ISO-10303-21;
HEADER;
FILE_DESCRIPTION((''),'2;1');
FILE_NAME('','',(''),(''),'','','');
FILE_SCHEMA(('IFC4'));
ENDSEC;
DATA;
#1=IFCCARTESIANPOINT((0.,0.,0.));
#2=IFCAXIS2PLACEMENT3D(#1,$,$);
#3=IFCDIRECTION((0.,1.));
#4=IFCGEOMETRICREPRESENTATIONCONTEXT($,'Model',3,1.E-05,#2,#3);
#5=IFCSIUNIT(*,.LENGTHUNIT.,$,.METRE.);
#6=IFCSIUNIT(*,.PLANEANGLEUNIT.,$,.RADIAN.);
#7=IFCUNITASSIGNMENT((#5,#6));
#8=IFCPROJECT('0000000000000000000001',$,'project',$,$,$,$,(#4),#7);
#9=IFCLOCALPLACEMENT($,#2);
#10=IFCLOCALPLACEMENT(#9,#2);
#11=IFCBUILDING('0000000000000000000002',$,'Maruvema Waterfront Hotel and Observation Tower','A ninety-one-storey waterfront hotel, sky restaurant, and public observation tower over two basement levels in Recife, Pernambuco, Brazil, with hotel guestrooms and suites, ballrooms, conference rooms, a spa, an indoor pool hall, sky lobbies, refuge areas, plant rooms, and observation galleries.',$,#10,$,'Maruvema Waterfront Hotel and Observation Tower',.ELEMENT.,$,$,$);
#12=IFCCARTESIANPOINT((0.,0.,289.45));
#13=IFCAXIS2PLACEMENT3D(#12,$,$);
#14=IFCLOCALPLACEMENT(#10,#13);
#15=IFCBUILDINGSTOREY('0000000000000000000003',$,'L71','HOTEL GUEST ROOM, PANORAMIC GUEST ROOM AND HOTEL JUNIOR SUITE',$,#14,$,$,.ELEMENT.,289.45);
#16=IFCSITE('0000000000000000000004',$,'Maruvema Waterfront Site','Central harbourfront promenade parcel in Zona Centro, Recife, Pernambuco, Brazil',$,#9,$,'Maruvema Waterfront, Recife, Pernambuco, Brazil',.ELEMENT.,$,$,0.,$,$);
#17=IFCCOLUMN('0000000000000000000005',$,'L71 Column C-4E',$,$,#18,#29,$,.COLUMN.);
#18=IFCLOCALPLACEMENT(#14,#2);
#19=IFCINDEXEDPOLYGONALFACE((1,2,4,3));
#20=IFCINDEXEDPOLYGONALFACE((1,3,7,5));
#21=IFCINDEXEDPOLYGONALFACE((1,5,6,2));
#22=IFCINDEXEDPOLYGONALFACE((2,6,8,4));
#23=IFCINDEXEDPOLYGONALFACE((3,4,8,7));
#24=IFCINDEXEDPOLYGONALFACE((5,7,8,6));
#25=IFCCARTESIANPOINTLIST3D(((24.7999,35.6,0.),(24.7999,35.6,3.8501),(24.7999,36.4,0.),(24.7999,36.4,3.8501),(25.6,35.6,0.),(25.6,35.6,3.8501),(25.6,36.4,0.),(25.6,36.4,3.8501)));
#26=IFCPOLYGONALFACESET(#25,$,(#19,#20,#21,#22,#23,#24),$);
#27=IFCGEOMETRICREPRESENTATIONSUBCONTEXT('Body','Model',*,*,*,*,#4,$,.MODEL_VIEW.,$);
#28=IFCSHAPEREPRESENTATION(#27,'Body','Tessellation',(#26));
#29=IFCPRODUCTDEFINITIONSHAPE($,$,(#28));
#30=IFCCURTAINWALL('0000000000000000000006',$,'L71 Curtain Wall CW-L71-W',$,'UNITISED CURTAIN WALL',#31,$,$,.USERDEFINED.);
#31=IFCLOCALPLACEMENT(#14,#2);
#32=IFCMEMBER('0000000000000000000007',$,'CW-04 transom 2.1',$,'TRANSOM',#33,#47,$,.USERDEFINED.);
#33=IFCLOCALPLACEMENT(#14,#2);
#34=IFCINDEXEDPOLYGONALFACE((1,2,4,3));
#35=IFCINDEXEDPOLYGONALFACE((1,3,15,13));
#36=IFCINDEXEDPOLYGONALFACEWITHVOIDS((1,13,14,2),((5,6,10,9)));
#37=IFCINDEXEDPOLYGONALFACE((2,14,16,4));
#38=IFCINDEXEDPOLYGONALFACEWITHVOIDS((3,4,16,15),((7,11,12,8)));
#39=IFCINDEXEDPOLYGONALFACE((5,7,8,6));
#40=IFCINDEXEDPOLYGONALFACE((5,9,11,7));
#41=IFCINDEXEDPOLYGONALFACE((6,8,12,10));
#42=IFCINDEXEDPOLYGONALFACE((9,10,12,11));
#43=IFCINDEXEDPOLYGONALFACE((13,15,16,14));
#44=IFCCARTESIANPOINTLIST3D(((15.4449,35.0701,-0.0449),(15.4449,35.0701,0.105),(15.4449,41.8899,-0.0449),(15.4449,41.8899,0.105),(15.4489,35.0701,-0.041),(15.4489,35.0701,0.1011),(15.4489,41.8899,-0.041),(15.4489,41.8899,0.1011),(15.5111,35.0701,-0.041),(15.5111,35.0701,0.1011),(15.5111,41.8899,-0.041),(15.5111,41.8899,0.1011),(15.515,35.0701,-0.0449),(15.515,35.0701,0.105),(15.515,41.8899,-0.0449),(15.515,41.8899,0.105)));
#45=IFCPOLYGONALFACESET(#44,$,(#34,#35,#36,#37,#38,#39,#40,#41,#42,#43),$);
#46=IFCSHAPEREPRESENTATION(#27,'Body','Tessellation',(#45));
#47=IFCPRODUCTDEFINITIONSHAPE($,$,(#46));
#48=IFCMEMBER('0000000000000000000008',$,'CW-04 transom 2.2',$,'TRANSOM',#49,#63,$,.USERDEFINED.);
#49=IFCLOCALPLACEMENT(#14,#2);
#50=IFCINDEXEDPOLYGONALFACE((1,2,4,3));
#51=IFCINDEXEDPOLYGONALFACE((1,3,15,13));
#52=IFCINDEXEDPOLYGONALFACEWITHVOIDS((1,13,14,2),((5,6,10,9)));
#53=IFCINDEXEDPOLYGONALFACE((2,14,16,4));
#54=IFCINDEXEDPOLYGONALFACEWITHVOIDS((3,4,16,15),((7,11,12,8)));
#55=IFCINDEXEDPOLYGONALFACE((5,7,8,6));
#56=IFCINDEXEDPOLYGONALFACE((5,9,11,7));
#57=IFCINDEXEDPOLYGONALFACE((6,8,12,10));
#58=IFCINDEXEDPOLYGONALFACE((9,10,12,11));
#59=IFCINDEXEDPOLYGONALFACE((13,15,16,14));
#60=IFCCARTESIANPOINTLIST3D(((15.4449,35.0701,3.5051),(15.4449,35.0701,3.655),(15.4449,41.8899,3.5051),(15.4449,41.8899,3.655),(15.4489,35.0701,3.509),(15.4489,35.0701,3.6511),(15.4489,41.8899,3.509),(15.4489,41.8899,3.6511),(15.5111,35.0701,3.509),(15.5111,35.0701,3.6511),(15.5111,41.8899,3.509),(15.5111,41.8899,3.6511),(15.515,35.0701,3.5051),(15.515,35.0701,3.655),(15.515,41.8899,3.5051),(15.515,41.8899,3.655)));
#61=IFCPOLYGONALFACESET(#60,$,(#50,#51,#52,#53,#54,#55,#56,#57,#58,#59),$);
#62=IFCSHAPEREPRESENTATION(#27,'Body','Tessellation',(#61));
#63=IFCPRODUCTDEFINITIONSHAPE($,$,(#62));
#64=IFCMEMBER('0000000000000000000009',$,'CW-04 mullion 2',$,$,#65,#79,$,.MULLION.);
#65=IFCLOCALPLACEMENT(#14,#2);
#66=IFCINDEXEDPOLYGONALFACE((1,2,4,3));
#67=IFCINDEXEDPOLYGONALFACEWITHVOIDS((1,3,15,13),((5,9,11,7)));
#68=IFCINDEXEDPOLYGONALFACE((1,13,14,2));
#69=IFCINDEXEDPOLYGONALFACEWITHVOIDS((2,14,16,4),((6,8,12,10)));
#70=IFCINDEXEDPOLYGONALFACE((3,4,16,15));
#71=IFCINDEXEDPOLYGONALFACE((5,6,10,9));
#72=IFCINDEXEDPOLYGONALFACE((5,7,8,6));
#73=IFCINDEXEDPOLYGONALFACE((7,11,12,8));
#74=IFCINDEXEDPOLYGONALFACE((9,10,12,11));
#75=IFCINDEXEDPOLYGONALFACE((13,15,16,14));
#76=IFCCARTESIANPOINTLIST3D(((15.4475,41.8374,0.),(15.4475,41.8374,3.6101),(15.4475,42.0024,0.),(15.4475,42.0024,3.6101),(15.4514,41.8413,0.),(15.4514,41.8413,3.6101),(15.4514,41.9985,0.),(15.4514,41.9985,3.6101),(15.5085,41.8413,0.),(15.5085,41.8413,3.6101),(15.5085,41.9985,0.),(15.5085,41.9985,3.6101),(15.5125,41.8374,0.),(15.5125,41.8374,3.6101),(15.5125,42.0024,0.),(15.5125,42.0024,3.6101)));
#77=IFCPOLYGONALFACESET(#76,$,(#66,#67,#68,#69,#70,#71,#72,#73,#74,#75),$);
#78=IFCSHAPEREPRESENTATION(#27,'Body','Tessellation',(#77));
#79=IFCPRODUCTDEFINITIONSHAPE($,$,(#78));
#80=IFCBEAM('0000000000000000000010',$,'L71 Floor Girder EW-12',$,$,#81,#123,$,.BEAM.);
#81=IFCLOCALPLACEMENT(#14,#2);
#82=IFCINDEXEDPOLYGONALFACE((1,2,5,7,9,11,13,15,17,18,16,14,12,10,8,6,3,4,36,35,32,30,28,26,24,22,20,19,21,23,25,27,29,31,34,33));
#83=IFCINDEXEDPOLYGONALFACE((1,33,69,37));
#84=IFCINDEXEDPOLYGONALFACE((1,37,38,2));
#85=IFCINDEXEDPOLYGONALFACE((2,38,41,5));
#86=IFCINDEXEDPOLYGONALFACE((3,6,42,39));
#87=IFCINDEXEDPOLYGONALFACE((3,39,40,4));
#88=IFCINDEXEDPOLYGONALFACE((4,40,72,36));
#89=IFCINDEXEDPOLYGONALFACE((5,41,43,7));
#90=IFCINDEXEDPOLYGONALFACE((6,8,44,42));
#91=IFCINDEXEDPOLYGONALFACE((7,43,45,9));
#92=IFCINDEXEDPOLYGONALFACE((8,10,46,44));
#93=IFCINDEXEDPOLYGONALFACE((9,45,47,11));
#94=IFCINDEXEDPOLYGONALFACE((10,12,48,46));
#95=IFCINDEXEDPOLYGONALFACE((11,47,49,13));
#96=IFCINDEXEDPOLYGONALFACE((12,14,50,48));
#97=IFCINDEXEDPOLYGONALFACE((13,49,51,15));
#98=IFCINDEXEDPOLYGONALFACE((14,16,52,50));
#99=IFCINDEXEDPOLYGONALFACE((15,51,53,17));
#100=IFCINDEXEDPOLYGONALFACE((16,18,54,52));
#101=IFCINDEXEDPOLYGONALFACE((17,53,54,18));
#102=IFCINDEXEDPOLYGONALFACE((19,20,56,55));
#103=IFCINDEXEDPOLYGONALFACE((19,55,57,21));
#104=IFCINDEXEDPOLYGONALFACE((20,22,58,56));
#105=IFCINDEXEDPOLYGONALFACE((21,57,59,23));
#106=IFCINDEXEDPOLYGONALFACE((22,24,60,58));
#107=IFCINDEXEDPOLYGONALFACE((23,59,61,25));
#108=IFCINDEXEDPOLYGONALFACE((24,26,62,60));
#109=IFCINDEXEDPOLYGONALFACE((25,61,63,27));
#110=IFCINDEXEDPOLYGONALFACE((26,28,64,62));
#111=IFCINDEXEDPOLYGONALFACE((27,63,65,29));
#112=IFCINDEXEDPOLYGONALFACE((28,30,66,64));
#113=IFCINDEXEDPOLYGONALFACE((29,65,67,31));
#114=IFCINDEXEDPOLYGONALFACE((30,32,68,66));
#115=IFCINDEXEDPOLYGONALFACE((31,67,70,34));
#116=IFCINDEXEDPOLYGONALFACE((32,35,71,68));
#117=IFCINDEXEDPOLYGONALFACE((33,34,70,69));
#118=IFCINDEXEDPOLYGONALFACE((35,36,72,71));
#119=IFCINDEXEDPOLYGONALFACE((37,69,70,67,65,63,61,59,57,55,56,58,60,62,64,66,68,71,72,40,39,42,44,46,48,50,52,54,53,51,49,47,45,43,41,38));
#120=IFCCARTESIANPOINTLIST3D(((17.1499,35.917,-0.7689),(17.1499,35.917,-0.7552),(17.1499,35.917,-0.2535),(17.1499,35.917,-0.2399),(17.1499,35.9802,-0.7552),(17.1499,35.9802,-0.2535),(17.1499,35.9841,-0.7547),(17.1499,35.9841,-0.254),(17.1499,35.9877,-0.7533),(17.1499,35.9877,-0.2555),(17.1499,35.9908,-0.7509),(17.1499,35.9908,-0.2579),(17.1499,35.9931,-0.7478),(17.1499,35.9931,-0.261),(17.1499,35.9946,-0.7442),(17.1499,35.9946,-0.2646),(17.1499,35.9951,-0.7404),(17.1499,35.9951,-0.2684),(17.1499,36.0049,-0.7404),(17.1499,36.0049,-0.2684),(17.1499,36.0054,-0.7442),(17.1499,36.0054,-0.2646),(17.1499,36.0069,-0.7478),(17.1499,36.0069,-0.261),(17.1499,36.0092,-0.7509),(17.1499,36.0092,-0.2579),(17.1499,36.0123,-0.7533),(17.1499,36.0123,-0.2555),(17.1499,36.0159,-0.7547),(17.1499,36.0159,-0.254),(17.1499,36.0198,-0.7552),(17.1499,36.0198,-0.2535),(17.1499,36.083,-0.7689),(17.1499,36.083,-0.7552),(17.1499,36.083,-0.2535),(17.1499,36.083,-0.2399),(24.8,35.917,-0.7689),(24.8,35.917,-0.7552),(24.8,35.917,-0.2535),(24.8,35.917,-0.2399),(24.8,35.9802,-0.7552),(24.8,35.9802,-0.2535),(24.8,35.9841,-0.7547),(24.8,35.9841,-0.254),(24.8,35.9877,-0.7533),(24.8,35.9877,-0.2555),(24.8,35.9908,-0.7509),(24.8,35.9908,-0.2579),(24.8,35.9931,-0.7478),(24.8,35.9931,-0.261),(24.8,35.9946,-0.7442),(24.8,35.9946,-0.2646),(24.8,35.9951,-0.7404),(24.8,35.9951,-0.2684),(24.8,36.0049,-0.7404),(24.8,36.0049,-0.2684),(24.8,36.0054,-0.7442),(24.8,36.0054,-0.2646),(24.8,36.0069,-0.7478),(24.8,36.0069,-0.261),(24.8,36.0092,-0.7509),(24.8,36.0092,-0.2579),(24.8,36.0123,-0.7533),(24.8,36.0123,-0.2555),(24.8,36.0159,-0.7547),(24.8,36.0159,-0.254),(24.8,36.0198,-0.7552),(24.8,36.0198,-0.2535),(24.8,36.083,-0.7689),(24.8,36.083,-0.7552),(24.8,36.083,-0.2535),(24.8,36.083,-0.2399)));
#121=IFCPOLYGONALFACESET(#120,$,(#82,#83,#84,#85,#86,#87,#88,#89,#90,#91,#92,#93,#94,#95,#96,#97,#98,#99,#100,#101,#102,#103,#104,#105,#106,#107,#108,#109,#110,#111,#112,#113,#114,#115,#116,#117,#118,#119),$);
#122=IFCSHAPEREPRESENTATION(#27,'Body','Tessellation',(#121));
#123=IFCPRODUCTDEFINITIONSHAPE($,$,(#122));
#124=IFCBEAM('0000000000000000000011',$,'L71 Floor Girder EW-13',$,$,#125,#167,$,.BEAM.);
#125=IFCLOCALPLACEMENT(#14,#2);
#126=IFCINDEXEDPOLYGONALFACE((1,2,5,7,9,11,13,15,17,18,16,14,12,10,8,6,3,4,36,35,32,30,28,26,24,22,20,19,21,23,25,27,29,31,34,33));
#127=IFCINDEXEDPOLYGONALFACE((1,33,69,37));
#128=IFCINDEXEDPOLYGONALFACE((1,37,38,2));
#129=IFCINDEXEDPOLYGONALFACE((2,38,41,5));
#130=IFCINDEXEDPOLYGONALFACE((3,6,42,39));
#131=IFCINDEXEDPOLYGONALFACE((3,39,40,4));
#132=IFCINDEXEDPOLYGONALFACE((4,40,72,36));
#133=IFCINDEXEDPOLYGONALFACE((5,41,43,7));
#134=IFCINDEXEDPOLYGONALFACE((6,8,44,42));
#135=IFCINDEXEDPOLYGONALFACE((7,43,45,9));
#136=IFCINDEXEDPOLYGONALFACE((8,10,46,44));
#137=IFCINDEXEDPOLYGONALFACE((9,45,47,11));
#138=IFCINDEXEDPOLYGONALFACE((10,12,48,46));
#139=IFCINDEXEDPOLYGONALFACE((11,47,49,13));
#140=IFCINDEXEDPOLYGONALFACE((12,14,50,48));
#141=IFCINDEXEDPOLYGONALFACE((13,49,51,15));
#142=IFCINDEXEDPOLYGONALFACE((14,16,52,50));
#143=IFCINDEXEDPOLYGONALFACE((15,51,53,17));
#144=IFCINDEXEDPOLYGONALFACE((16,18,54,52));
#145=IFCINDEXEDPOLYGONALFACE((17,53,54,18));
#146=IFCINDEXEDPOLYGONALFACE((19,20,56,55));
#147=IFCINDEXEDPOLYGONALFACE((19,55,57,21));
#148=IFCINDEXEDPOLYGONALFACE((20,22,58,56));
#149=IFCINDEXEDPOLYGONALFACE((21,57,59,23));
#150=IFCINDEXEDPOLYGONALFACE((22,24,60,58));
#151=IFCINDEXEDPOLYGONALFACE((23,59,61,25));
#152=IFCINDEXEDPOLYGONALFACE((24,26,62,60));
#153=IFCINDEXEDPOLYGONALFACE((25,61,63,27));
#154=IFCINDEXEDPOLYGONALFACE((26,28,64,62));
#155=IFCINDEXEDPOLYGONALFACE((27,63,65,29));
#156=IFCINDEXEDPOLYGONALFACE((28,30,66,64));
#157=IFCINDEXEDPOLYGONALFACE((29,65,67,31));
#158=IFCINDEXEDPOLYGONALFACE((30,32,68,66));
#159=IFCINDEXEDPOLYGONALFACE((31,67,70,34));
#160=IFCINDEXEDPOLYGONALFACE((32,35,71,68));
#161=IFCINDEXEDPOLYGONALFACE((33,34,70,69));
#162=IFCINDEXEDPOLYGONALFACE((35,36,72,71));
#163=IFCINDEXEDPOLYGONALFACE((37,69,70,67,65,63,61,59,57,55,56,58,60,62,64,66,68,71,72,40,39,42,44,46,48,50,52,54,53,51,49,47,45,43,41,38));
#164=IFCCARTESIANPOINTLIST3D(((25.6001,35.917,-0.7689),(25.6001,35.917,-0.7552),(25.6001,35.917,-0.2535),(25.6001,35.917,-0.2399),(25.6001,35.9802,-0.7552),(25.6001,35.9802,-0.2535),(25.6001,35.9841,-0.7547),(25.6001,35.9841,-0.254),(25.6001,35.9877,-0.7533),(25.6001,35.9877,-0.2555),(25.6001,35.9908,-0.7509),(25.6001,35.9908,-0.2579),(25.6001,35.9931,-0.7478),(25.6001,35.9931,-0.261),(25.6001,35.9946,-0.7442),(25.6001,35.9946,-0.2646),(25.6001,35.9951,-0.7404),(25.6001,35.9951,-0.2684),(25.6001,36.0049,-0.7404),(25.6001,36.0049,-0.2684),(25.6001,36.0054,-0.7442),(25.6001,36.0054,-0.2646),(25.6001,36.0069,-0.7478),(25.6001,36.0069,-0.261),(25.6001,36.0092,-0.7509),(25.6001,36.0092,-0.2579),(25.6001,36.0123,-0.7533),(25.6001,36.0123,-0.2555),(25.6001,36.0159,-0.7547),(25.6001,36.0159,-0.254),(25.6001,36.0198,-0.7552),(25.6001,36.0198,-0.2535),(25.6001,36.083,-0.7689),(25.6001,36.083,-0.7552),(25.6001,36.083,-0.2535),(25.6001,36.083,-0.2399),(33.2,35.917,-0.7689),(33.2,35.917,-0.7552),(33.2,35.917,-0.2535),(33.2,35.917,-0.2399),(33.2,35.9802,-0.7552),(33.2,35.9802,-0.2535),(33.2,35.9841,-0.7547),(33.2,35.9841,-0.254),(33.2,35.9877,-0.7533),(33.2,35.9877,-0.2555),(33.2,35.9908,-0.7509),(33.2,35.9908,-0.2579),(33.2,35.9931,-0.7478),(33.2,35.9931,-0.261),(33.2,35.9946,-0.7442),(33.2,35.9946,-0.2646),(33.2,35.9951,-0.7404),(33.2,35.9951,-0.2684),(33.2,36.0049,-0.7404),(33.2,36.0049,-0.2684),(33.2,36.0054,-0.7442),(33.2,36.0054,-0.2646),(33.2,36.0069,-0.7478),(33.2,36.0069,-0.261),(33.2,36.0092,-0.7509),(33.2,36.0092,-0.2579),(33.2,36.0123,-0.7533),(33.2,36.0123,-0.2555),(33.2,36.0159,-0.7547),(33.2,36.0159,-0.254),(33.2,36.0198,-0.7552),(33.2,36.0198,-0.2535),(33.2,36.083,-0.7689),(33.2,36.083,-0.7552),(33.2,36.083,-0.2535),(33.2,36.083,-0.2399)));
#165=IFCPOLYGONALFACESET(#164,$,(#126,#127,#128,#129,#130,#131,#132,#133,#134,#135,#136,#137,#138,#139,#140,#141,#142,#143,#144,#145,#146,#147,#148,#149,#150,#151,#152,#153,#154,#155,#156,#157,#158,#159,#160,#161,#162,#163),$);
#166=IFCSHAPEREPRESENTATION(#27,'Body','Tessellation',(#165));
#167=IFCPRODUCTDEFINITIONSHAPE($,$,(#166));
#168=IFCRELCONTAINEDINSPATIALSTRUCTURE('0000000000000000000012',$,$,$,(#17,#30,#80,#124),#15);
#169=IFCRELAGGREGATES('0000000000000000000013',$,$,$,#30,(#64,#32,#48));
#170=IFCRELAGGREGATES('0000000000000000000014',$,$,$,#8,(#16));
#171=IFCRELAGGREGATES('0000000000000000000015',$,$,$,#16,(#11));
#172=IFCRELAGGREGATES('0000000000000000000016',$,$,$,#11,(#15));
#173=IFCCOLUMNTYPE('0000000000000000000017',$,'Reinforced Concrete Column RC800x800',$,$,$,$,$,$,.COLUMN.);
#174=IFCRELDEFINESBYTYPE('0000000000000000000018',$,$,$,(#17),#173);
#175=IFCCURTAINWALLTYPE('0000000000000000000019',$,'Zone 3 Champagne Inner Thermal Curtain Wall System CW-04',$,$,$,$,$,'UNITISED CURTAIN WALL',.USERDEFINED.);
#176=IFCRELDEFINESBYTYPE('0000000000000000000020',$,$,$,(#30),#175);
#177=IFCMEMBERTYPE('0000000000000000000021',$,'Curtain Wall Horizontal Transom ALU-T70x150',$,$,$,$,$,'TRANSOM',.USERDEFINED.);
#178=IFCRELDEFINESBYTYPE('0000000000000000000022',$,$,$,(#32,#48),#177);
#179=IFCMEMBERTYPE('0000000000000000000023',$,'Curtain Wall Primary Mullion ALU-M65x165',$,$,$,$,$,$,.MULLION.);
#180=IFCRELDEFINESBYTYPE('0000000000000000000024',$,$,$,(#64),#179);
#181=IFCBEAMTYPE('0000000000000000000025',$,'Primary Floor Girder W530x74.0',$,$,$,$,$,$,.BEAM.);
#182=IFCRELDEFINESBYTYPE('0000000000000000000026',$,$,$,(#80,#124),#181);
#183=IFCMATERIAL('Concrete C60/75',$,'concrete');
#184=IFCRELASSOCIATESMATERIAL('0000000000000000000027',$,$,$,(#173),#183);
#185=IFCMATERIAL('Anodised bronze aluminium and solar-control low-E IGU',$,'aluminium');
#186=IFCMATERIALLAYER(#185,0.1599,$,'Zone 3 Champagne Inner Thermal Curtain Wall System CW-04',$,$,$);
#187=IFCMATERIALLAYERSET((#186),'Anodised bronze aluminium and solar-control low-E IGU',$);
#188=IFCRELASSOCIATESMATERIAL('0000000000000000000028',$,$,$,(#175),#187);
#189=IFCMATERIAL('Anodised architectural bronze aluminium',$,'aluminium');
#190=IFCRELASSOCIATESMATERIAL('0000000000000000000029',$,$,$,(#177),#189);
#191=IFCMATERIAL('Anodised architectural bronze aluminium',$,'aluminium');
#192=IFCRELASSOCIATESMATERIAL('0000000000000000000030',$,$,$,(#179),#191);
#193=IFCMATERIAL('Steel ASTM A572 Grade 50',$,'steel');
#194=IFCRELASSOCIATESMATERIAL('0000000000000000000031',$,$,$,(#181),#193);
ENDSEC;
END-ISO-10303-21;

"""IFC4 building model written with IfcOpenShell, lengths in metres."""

from ifc_helpers import new_model, si_unit, direction, frame, origin, origin_2d, place, context, subcontext, project, spatial, rectangle, hollow_rectangle, i_section, extrude, material, layer, layer_set, material_profile, profile_set, type_object, element, aggregate, save


model = new_model("IFC4")

# Units and contexts
model_context = context("Model", 3, precision=1e-05, world=origin(), true_north=direction((0.0, 1.0)))
body_context = subcontext(model_context, "Body", "Model", "MODEL_VIEW")
ifc_project = project(units=[si_unit("LENGTHUNIT", "METRE"), si_unit("PLANEANGLEUNIT", "RADIAN")], contexts=[model_context])

# Site, building, storey
site_placement = place(None, origin())
site = spatial("IfcSite", under=ifc_project, at=site_placement, Name="Maruvema Waterfront Site", Description="Central harbourfront promenade parcel in Zona Centro, Recife, Pernambuco, Brazil", LongName="Maruvema Waterfront, Recife, Pernambuco, Brazil", CompositionType="ELEMENT", RefElevation=0.0)
building_placement = place(site_placement, origin())
building = spatial("IfcBuilding", under=site, at=building_placement, Name="Maruvema Waterfront Hotel and Observation Tower", Description="A ninety-one-storey waterfront hotel, sky restaurant, and public observation tower over two basement levels in Recife, Pernambuco, Brazil, with hotel guestrooms and suites, ballrooms, conference rooms, a spa, an indoor pool hall, sky lobbies, refuge areas, plant rooms, and observation galleries.", LongName="Maruvema Waterfront Hotel and Observation Tower", CompositionType="ELEMENT")
storey_placement = place(building_placement, frame((0.0, 0.0, 289.45)))
storey = spatial("IfcBuildingStorey", under=building, at=storey_placement, Name="L71", Description="HOTEL GUEST ROOM, PANORAMIC GUEST ROOM AND HOTEL JUNIOR SUITE", CompositionType="ELEMENT", Elevation=289.45)

# Column
ifc_material_1 = material(Name="Concrete C60/75", Category="concrete")
ifc_material_profile_1 = material_profile(ifc_material_1, rectangle(XDim=0.8, YDim=0.8, at=origin_2d()), Name="RC800x800")
ifc_profile_set_1 = profile_set([ifc_material_profile_1], Name="Concrete C60/75")
column_type = type_object("IfcColumnType", Name="Reinforced Concrete Column RC800x800", PredefinedType="COLUMN", material=ifc_profile_set_1)
column_placement = place(storey_placement, frame((25.2, 36.0, 0.0), z_axis=(0.0, 0.0, 1.0), x_axis=(1.0, 0.0, 0.0)))
element("IfcColumn", 1, at=column_placement, inside=storey, type_object=column_type, Name="L71 Column C-4E", PredefinedType="COLUMN", context=body_context, shape_type="SweptSolid", body=[
    extrude(rectangle(XDim=0.8, YDim=0.8, at=origin_2d()), origin(), (0.0, 0.0, 1.0), 3.8501),
])

# Curtain wall, members
ifc_material_2 = material(Name="Anodised bronze aluminium and solar-control low-E IGU", Category="aluminium")
ifc_layer_1 = layer(ifc_material_2, 0.1599, Name="Zone 3 Champagne Inner Thermal Curtain Wall System CW-04")
ifc_layer_set_1 = layer_set([ifc_layer_1], Name="Anodised bronze aluminium and solar-control low-E IGU")
curtain_wall_type = type_object("IfcCurtainWallType", Name="Zone 3 Champagne Inner Thermal Curtain Wall System CW-04", ElementType="UNITISED CURTAIN WALL", PredefinedType="USERDEFINED", material=ifc_layer_set_1)
curtain_wall_placement = place(storey_placement, origin())
curtain_wall = element("IfcCurtainWall", 2, at=curtain_wall_placement, inside=storey, type_object=curtain_wall_type, Name="L71 Curtain Wall CW-L71-W", ObjectType="UNITISED CURTAIN WALL", PredefinedType="USERDEFINED")
ifc_material_3 = material(Name="Anodised architectural bronze aluminium", Category="aluminium")
ifc_material_profile_2 = material_profile(ifc_material_3, hollow_rectangle(XDim=0.0701, YDim=0.1499, WallThickness=0.0039, at=origin_2d()), Name="ALU-T70x150")
ifc_profile_set_2 = profile_set([ifc_material_profile_2], Name="Anodised architectural bronze aluminium")
member_type_1 = type_object("IfcMemberType", Name="Curtain Wall Horizontal Transom ALU-T70x150", ElementType="TRANSOM", PredefinedType="USERDEFINED", material=ifc_profile_set_2)
member_1_placement = place(storey_placement, frame((15.48, 41.8899, 0.03), z_axis=(0.0, -1.0, 0.0), x_axis=(1.0, 0.0, 0.0)))
member_1 = element("IfcMember", 3, at=member_1_placement, type_object=member_type_1, Name="CW-04 transom 2.1", ObjectType="TRANSOM", PredefinedType="USERDEFINED", context=body_context, shape_type="SweptSolid", body=[
    extrude(hollow_rectangle(XDim=0.0701, YDim=0.1499, WallThickness=0.0039, at=origin_2d()), origin(), (0.0, 0.0, 1.0), 6.8198),
])
member_2_placement = place(storey_placement, frame((15.48, 41.8899, 3.5801), z_axis=(0.0, -1.0, 0.0), x_axis=(1.0, 0.0, 0.0)))
member_2 = element("IfcMember", 4, at=member_2_placement, type_object=member_type_1, Name="CW-04 transom 2.2", ObjectType="TRANSOM", PredefinedType="USERDEFINED", context=body_context, shape_type="SweptSolid", body=[
    extrude(hollow_rectangle(XDim=0.0701, YDim=0.1499, WallThickness=0.0039, at=origin_2d()), origin(), (0.0, 0.0, 1.0), 6.8198),
])
ifc_material_4 = material(Name="Anodised architectural bronze aluminium", Category="aluminium")
ifc_material_profile_3 = material_profile(ifc_material_4, hollow_rectangle(XDim=0.0649, YDim=0.165, WallThickness=0.0039, at=origin_2d()), Name="ALU-M65x165")
ifc_profile_set_3 = profile_set([ifc_material_profile_3], Name="Anodised architectural bronze aluminium")
member_type_2 = type_object("IfcMemberType", Name="Curtain Wall Primary Mullion ALU-M65x165", PredefinedType="MULLION", material=ifc_profile_set_3)
member_3_placement = place(storey_placement, frame((15.48, 41.9199, 0.0), z_axis=(0.0, 0.0, 1.0), x_axis=(1.0, 0.0, 0.0)))
member_3 = element("IfcMember", 5, at=member_3_placement, type_object=member_type_2, Name="CW-04 mullion 2", PredefinedType="MULLION", context=body_context, shape_type="SweptSolid", body=[
    extrude(hollow_rectangle(XDim=0.0649, YDim=0.165, WallThickness=0.0039, at=origin_2d()), origin(), (0.0, 0.0, 1.0), 3.6101),
])

# Beams
ifc_material_5 = material(Name="Steel ASTM A572 Grade 50", Category="steel")
ifc_material_profile_4 = material_profile(ifc_material_5, i_section(OverallWidth=0.166, OverallDepth=0.5291, WebThickness=0.0098, FlangeThickness=0.0137, FilletRadius=0.0149, at=origin_2d()), Name="W530x74.0")
ifc_profile_set_4 = profile_set([ifc_material_profile_4], Name="Steel ASTM A572 Grade 50")
beam_type_1 = type_object("IfcBeamType", Name="Primary Floor Girder W530x74.0", PredefinedType="BEAM", material=ifc_profile_set_4)
beam_1_placement = place(storey_placement, frame((17.1499, 36.0, -0.5044), z_axis=(1.0, 0.0, 0.0), x_axis=(0.0, 1.0, 0.0)))
element("IfcBeam", 6, at=beam_1_placement, inside=storey, type_object=beam_type_1, Name="L71 Floor Girder EW-12", PredefinedType="BEAM", context=body_context, shape_type="SweptSolid", body=[
    extrude(i_section(OverallWidth=0.166, OverallDepth=0.5291, WebThickness=0.0098, FlangeThickness=0.0137, FilletRadius=0.0149, at=origin_2d()), origin(), (0.0, 0.0, 1.0), 7.6501),
])
beam_2_placement = place(storey_placement, frame((25.6001, 36.0, -0.5044), z_axis=(1.0, 0.0, 0.0), x_axis=(0.0, 1.0, 0.0)))
element("IfcBeam", 7, at=beam_2_placement, inside=storey, type_object=beam_type_1, Name="L71 Floor Girder EW-13", PredefinedType="BEAM", context=body_context, shape_type="SweptSolid", body=[
    extrude(i_section(OverallWidth=0.166, OverallDepth=0.5291, WebThickness=0.0098, FlangeThickness=0.0137, FilletRadius=0.0149, at=origin_2d()), origin(), (0.0, 0.0, 1.0), 7.5999),
])

aggregate(curtain_wall, [member_3, member_1, member_2])

save(model, "model.ifc")
